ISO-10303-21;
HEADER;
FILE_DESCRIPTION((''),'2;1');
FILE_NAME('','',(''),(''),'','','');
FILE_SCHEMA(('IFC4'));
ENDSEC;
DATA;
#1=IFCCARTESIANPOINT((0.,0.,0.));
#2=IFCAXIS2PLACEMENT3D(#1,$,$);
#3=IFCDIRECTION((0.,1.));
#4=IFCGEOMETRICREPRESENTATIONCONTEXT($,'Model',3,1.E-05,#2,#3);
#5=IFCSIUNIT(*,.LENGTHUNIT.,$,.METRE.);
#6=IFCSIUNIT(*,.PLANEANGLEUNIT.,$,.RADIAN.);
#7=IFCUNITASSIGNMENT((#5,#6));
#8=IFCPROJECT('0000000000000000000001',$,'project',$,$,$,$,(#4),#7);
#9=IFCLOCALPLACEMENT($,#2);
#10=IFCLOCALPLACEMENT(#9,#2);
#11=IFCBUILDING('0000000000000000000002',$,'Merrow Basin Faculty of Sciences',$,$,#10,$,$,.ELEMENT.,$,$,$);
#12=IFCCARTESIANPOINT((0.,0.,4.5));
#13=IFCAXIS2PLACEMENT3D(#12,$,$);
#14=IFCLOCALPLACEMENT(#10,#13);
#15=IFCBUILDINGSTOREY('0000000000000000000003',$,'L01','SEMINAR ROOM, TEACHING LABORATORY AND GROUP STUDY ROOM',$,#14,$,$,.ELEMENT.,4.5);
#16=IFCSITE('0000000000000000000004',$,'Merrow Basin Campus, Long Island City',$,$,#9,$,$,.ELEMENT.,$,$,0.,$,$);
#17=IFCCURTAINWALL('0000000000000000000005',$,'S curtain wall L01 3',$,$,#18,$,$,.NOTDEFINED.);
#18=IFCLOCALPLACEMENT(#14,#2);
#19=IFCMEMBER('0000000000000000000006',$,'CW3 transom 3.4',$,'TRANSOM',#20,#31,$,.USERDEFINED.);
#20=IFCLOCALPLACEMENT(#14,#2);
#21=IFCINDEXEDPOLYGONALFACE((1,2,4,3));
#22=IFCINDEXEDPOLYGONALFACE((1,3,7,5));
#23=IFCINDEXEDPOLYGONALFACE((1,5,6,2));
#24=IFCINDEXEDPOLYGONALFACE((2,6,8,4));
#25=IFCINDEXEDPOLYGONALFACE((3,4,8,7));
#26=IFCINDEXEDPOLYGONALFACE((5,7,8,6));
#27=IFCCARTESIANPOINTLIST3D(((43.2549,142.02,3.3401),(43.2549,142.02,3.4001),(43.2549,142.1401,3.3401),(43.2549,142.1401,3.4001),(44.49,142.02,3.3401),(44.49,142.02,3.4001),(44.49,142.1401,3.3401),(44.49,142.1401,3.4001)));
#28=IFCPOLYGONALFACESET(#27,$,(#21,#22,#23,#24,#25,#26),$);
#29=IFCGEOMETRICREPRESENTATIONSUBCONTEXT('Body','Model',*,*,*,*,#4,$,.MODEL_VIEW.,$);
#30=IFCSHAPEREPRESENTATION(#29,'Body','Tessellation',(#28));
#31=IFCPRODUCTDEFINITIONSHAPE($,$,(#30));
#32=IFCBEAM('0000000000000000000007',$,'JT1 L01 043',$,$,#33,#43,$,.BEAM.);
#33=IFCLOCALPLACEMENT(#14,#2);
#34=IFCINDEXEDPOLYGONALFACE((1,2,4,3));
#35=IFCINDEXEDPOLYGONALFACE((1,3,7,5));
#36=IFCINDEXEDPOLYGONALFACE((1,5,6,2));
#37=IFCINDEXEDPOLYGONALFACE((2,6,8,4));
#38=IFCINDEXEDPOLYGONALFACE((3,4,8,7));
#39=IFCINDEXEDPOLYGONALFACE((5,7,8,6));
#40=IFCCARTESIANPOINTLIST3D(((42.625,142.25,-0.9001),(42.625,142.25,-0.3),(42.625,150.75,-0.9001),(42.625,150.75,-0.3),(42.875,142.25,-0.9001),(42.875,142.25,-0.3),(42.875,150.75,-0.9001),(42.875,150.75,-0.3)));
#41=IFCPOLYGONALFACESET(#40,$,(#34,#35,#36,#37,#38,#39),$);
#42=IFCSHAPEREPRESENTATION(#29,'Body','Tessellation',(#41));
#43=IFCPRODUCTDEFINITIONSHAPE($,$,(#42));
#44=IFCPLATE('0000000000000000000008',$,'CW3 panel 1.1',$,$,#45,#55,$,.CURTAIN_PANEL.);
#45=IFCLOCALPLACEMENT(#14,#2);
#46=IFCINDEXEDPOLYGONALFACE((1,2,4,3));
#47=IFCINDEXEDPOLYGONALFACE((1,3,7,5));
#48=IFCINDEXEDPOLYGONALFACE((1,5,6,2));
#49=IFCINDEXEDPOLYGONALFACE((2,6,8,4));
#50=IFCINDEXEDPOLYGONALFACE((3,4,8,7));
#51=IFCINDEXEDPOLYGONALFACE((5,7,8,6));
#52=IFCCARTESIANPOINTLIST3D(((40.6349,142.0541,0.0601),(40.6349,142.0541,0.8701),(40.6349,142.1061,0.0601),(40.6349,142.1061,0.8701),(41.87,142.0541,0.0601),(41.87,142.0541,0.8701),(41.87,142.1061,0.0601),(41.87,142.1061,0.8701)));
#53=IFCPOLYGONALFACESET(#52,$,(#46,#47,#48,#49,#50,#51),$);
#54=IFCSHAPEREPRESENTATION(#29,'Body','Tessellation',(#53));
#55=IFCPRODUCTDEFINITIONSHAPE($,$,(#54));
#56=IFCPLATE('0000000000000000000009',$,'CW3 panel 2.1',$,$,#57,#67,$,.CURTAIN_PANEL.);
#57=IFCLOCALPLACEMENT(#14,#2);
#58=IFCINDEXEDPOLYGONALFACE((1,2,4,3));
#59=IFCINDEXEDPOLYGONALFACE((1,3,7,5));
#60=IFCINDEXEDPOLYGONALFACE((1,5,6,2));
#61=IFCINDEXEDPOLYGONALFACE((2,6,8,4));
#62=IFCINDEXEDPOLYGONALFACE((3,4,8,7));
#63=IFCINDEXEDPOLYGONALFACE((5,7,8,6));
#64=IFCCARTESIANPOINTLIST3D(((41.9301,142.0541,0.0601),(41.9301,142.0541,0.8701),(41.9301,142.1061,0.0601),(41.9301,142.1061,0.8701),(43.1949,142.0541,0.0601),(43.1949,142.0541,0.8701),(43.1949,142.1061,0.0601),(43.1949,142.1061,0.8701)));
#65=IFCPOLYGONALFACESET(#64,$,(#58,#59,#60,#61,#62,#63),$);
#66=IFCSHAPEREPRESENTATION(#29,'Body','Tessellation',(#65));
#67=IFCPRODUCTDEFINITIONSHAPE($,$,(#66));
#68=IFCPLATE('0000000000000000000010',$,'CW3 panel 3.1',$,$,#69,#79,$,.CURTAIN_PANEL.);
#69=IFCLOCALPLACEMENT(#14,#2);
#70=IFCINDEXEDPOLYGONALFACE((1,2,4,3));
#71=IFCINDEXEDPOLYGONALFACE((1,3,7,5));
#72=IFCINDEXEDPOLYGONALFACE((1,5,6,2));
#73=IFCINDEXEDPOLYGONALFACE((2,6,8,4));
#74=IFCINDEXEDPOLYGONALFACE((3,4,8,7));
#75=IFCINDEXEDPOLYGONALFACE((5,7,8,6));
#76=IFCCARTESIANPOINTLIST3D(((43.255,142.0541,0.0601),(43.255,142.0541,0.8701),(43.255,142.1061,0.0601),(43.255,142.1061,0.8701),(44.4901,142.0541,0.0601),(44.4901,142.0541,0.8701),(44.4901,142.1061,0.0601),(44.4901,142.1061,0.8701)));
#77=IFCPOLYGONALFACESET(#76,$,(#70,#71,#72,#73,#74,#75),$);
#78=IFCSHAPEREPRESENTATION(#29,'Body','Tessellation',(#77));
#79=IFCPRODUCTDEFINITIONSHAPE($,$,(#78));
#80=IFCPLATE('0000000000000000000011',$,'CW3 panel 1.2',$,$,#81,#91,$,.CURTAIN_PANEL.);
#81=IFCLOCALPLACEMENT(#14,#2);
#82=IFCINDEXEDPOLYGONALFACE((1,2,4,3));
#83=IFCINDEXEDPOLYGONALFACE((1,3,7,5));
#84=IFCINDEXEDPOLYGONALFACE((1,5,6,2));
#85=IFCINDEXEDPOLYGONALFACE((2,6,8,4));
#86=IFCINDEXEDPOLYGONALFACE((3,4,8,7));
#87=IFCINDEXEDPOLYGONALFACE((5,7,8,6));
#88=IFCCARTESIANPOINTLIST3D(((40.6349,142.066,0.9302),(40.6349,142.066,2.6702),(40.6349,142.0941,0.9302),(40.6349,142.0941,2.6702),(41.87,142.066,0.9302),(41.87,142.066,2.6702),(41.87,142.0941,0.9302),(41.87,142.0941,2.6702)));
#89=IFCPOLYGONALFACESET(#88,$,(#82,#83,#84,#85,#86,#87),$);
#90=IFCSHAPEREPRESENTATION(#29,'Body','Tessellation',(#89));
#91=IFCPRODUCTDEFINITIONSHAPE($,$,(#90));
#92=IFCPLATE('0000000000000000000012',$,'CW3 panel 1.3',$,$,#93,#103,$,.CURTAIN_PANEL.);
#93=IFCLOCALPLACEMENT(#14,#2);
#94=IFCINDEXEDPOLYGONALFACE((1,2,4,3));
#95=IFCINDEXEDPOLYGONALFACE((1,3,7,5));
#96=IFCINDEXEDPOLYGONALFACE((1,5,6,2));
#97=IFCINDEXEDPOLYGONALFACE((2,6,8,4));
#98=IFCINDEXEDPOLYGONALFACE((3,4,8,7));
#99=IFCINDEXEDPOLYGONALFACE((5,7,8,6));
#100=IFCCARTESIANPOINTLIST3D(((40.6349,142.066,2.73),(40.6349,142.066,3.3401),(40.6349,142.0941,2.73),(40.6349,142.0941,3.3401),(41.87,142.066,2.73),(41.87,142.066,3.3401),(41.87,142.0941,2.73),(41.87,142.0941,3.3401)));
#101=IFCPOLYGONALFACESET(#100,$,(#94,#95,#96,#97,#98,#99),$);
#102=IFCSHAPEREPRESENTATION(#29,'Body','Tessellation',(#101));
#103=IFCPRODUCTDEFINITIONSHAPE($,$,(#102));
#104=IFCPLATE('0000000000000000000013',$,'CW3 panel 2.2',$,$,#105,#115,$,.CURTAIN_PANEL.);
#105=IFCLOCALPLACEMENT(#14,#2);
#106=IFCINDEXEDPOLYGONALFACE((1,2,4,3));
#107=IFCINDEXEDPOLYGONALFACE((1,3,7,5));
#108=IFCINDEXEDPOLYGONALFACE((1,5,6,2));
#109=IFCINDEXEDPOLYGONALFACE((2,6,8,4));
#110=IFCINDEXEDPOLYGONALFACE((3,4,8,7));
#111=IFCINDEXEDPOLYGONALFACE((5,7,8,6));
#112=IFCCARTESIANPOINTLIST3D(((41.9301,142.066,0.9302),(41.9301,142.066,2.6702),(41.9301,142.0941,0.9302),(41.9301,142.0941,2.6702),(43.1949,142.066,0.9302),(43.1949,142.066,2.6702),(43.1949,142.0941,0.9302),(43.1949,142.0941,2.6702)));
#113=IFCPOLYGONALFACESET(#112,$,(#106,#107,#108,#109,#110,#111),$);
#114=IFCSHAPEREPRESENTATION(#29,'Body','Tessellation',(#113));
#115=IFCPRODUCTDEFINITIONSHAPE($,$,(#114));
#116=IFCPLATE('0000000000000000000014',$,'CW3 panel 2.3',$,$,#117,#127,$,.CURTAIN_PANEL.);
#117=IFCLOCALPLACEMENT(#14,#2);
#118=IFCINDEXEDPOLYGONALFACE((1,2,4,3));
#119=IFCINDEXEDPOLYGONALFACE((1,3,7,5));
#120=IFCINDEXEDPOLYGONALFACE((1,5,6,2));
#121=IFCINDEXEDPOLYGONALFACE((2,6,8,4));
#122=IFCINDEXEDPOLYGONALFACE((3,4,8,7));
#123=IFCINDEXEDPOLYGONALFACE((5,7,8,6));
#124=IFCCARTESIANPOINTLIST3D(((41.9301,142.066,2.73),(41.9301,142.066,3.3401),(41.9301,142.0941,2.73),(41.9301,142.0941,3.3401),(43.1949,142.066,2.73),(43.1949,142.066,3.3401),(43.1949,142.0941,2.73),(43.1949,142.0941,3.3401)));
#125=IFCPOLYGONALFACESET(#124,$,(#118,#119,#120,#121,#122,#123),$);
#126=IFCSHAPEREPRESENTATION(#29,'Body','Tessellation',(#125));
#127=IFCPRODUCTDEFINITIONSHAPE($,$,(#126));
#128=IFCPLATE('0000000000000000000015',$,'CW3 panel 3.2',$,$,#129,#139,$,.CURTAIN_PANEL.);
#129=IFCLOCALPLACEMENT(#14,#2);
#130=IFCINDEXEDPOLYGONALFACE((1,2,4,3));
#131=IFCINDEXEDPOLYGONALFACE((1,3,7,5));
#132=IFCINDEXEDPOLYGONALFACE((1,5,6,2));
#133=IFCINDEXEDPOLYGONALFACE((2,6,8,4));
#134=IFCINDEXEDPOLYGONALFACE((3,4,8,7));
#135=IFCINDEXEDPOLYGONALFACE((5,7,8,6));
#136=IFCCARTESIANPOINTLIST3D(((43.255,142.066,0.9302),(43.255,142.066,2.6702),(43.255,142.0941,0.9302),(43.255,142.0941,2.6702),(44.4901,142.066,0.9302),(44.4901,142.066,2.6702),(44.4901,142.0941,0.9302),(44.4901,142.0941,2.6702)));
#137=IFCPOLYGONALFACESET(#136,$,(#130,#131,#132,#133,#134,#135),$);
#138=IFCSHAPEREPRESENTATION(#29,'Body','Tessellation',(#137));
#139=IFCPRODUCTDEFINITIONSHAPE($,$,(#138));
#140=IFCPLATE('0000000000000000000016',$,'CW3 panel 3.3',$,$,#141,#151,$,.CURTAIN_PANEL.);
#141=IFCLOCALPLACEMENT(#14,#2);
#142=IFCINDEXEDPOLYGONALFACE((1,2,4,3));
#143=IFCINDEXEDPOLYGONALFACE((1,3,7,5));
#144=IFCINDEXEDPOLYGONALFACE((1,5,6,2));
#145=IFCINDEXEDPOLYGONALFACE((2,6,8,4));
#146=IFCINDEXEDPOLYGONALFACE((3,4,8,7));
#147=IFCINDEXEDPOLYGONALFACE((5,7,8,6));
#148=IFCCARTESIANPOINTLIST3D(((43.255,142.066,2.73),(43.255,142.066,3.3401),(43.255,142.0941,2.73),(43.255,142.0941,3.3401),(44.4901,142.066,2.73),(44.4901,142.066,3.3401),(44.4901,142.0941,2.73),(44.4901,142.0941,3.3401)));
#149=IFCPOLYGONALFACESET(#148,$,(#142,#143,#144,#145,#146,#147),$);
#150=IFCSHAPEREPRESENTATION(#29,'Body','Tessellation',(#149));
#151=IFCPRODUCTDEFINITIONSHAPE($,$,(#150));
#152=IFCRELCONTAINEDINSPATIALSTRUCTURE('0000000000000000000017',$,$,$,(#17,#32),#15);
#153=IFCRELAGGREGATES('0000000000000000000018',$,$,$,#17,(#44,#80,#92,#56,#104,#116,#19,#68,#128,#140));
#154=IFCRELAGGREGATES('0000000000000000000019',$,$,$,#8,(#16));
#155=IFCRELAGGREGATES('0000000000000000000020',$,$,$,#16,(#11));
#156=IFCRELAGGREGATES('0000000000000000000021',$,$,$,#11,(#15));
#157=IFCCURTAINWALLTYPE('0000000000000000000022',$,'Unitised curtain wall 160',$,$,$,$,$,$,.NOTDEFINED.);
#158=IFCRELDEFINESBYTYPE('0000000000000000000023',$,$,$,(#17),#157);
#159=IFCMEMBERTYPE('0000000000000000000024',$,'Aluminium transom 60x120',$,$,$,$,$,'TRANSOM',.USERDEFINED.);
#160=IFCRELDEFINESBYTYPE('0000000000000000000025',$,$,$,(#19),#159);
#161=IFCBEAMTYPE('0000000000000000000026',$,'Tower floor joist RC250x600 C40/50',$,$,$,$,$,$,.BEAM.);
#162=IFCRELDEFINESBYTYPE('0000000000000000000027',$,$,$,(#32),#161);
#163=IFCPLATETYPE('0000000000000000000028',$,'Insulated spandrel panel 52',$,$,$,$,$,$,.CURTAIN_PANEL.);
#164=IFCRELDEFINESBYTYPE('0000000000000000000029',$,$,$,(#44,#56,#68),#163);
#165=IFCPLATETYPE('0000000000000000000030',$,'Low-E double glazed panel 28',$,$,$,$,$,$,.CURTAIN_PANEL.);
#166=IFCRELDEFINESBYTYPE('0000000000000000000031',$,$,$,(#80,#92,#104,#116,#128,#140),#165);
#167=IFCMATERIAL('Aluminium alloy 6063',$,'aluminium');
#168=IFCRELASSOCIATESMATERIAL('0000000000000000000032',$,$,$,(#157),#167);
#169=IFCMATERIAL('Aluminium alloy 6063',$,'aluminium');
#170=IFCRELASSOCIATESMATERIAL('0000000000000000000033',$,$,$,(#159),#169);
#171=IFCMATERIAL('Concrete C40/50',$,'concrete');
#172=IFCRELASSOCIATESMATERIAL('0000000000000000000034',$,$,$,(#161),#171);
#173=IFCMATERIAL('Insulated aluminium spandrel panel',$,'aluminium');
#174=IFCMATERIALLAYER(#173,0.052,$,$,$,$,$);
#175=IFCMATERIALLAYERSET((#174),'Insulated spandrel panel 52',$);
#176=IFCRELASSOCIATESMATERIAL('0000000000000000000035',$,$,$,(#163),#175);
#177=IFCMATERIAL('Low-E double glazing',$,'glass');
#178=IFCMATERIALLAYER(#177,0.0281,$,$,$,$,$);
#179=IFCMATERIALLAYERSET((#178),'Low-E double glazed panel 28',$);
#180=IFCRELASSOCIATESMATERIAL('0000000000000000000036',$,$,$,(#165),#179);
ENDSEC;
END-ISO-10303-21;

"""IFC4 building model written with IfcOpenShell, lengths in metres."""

from ifc_helpers import new_model, si_unit, direction, frame, origin, origin_2d, place, context, subcontext, project, spatial, rectangle, extrude, material, layer, layer_set, material_profile, profile_set, type_object, element, aggregate, save


model = new_model("IFC4")

# Units and contexts
model_context = context("Model", 3, precision=1e-05, world=origin(), true_north=direction((0.0, 1.0)))
body_context = subcontext(model_context, "Body", "Model", "MODEL_VIEW")
ifc_project = project(units=[si_unit("LENGTHUNIT", "METRE"), si_unit("PLANEANGLEUNIT", "RADIAN")], contexts=[model_context])

# Site, building, storey
site_placement = place(None, origin())
site = spatial("IfcSite", under=ifc_project, at=site_placement, Name="Merrow Basin Campus, Long Island City", CompositionType="ELEMENT", RefElevation=0.0)
building_placement = place(site_placement, origin())
building = spatial("IfcBuilding", under=site, at=building_placement, Name="Merrow Basin Faculty of Sciences", CompositionType="ELEMENT")
storey_placement = place(building_placement, frame((0.0, 0.0, 4.5)))
storey = spatial("IfcBuildingStorey", under=building, at=storey_placement, Name="L01", Description="SEMINAR ROOM, TEACHING LABORATORY AND GROUP STUDY ROOM", CompositionType="ELEMENT", Elevation=4.5)

# Curtain wall, member
ifc_material_1 = material(Name="Aluminium alloy 6063", Category="aluminium")
curtain_wall_type = type_object("IfcCurtainWallType", Name="Unitised curtain wall 160", PredefinedType="NOTDEFINED", material=ifc_material_1)
curtain_wall_placement = place(storey_placement, origin())
curtain_wall = element("IfcCurtainWall", 1, at=curtain_wall_placement, inside=storey, type_object=curtain_wall_type, Name="S curtain wall L01 3", PredefinedType="NOTDEFINED")
ifc_material_2 = material(Name="Aluminium alloy 6063", Category="aluminium")
ifc_material_profile_1 = material_profile(ifc_material_2, rectangle(XDim=0.1201, YDim=0.0601, at=origin_2d()))
ifc_profile_set_1 = profile_set([ifc_material_profile_1], Name="Aluminium alloy 6063")
member_type_1 = type_object("IfcMemberType", Name="Aluminium transom 60x120", ElementType="TRANSOM", PredefinedType="USERDEFINED", material=ifc_profile_set_1)
member_1_placement = place(storey_placement, frame((43.2549, 142.0801, 3.3701), z_axis=(1.0, 0.0, 0.0), x_axis=(0.0, 1.0, 0.0)))
member_1 = element("IfcMember", 2, at=member_1_placement, type_object=member_type_1, Name="CW3 transom 3.4", ObjectType="TRANSOM", PredefinedType="USERDEFINED", context=body_context, shape_type="SweptSolid", body=[
    extrude(rectangle(XDim=0.1201, YDim=0.0601, at=origin_2d()), origin(), (0.0, 0.0, 1.0), 1.2351),
])

# Beam
ifc_material_3 = material(Name="Concrete C40/50", Category="concrete")
ifc_material_profile_2 = material_profile(ifc_material_3, rectangle(XDim=0.25, YDim=0.6001, at=origin_2d()))
ifc_profile_set_2 = profile_set([ifc_material_profile_2], Name="Concrete C40/50")
beam_type = type_object("IfcBeamType", Name="Tower floor joist RC250x600 C40/50", PredefinedType="BEAM", material=ifc_profile_set_2)
beam_placement = place(storey_placement, frame((42.75, 142.25, -0.6001), z_axis=(0.0, 1.0, 0.0), x_axis=(-1.0, 0.0, 0.0)))
element("IfcBeam", 3, at=beam_placement, inside=storey, type_object=beam_type, Name="JT1 L01 043", PredefinedType="BEAM", context=body_context, shape_type="SweptSolid", body=[
    extrude(rectangle(XDim=0.25, YDim=0.6001, at=origin_2d()), origin(), (0.0, 0.0, 1.0), 8.5),
])

# Plates
ifc_material_4 = material(Name="Insulated aluminium spandrel panel", Category="aluminium")
ifc_layer_1 = layer(ifc_material_4, 0.052)
ifc_layer_set_1 = layer_set([ifc_layer_1], Name="Insulated spandrel panel 52")
plate_type_1 = type_object("IfcPlateType", Name="Insulated spandrel panel 52", PredefinedType="CURTAIN_PANEL", material=ifc_layer_set_1)
plate_1_placement = place(storey_placement, frame((41.2524, 142.0801, 0.0601), z_axis=(0.0, 0.0, 1.0), x_axis=(1.0, 0.0, 0.0)))
plate_1 = element("IfcPlate", 4, at=plate_1_placement, type_object=plate_type_1, Name="CW3 panel 1.1", PredefinedType="CURTAIN_PANEL", context=body_context, shape_type="SweptSolid", body=[
    extrude(rectangle(XDim=1.2351, YDim=0.052, at=origin_2d()), origin(), (0.0, 0.0, 1.0), 0.8101),
])
plate_2_placement = place(storey_placement, frame((42.5625, 142.0801, 0.0601), z_axis=(0.0, 0.0, 1.0), x_axis=(1.0, 0.0, 0.0)))
plate_2 = element("IfcPlate", 5, at=plate_2_placement, type_object=plate_type_1, Name="CW3 panel 2.1", PredefinedType="CURTAIN_PANEL", context=body_context, shape_type="SweptSolid", body=[
    extrude(rectangle(XDim=1.2649, YDim=0.052, at=origin_2d()), origin(), (0.0, 0.0, 1.0), 0.8101),
])
plate_3_placement = place(storey_placement, frame((43.8726, 142.0801, 0.0601), z_axis=(0.0, 0.0, 1.0), x_axis=(1.0, 0.0, 0.0)))
plate_3 = element("IfcPlate", 6, at=plate_3_placement, type_object=plate_type_1, Name="CW3 panel 3.1", PredefinedType="CURTAIN_PANEL", context=body_context, shape_type="SweptSolid", body=[
    extrude(rectangle(XDim=1.2351, YDim=0.052, at=origin_2d()), origin(), (0.0, 0.0, 1.0), 0.8101),
])
ifc_material_5 = material(Name="Low-E double glazing", Category="glass")
ifc_layer_2 = layer(ifc_material_5, 0.0281)
ifc_layer_set_2 = layer_set([ifc_layer_2], Name="Low-E double glazed panel 28")
plate_type_2 = type_object("IfcPlateType", Name="Low-E double glazed panel 28", PredefinedType="CURTAIN_PANEL", material=ifc_layer_set_2)
plate_4_placement = place(storey_placement, frame((41.2524, 142.0801, 0.9302), z_axis=(0.0, 0.0, 1.0), x_axis=(1.0, 0.0, 0.0)))
plate_4 = element("IfcPlate", 7, at=plate_4_placement, type_object=plate_type_2, Name="CW3 panel 1.2", PredefinedType="CURTAIN_PANEL", context=body_context, shape_type="SweptSolid", body=[
    extrude(rectangle(XDim=1.2351, YDim=0.0281, at=origin_2d()), origin(), (0.0, 0.0, 1.0), 1.74),
])
plate_5_placement = place(storey_placement, frame((41.2524, 142.0801, 2.73), z_axis=(0.0, 0.0, 1.0), x_axis=(1.0, 0.0, 0.0)))
plate_5 = element("IfcPlate", 8, at=plate_5_placement, type_object=plate_type_2, Name="CW3 panel 1.3", PredefinedType="CURTAIN_PANEL", context=body_context, shape_type="SweptSolid", body=[
    extrude(rectangle(XDim=1.2351, YDim=0.0281, at=origin_2d()), origin(), (0.0, 0.0, 1.0), 0.6101),
])
plate_6_placement = place(storey_placement, frame((42.5625, 142.0801, 0.9302), z_axis=(0.0, 0.0, 1.0), x_axis=(1.0, 0.0, 0.0)))
plate_6 = element("IfcPlate", 9, at=plate_6_placement, type_object=plate_type_2, Name="CW3 panel 2.2", PredefinedType="CURTAIN_PANEL", context=body_context, shape_type="SweptSolid", body=[
    extrude(rectangle(XDim=1.2649, YDim=0.0281, at=origin_2d()), origin(), (0.0, 0.0, 1.0), 1.74),
])
plate_7_placement = place(storey_placement, frame((42.5625, 142.0801, 2.73), z_axis=(0.0, 0.0, 1.0), x_axis=(1.0, 0.0, 0.0)))
plate_7 = element("IfcPlate", 10, at=plate_7_placement, type_object=plate_type_2, Name="CW3 panel 2.3", PredefinedType="CURTAIN_PANEL", context=body_context, shape_type="SweptSolid", body=[
    extrude(rectangle(XDim=1.2649, YDim=0.0281, at=origin_2d()), origin(), (0.0, 0.0, 1.0), 0.6101),
])
plate_8_placement = place(storey_placement, frame((43.8726, 142.0801, 0.9302), z_axis=(0.0, 0.0, 1.0), x_axis=(1.0, 0.0, 0.0)))
plate_8 = element("IfcPlate", 11, at=plate_8_placement, type_object=plate_type_2, Name="CW3 panel 3.2", PredefinedType="CURTAIN_PANEL", context=body_context, shape_type="SweptSolid", body=[
    extrude(rectangle(XDim=1.2351, YDim=0.0281, at=origin_2d()), origin(), (0.0, 0.0, 1.0), 1.74),
])
plate_9_placement = place(storey_placement, frame((43.8726, 142.0801, 2.73), z_axis=(0.0, 0.0, 1.0), x_axis=(1.0, 0.0, 0.0)))
plate_9 = element("IfcPlate", 12, at=plate_9_placement, type_object=plate_type_2, Name="CW3 panel 3.3", PredefinedType="CURTAIN_PANEL", context=body_context, shape_type="SweptSolid", body=[
    extrude(rectangle(XDim=1.2351, YDim=0.0281, at=origin_2d()), origin(), (0.0, 0.0, 1.0), 0.6101),
])
aggregate(curtain_wall, [plate_1, plate_4, plate_5, plate_2, plate_6, plate_7, member_1, plate_3, plate_8, plate_9])

save(model, "model.ifc")
